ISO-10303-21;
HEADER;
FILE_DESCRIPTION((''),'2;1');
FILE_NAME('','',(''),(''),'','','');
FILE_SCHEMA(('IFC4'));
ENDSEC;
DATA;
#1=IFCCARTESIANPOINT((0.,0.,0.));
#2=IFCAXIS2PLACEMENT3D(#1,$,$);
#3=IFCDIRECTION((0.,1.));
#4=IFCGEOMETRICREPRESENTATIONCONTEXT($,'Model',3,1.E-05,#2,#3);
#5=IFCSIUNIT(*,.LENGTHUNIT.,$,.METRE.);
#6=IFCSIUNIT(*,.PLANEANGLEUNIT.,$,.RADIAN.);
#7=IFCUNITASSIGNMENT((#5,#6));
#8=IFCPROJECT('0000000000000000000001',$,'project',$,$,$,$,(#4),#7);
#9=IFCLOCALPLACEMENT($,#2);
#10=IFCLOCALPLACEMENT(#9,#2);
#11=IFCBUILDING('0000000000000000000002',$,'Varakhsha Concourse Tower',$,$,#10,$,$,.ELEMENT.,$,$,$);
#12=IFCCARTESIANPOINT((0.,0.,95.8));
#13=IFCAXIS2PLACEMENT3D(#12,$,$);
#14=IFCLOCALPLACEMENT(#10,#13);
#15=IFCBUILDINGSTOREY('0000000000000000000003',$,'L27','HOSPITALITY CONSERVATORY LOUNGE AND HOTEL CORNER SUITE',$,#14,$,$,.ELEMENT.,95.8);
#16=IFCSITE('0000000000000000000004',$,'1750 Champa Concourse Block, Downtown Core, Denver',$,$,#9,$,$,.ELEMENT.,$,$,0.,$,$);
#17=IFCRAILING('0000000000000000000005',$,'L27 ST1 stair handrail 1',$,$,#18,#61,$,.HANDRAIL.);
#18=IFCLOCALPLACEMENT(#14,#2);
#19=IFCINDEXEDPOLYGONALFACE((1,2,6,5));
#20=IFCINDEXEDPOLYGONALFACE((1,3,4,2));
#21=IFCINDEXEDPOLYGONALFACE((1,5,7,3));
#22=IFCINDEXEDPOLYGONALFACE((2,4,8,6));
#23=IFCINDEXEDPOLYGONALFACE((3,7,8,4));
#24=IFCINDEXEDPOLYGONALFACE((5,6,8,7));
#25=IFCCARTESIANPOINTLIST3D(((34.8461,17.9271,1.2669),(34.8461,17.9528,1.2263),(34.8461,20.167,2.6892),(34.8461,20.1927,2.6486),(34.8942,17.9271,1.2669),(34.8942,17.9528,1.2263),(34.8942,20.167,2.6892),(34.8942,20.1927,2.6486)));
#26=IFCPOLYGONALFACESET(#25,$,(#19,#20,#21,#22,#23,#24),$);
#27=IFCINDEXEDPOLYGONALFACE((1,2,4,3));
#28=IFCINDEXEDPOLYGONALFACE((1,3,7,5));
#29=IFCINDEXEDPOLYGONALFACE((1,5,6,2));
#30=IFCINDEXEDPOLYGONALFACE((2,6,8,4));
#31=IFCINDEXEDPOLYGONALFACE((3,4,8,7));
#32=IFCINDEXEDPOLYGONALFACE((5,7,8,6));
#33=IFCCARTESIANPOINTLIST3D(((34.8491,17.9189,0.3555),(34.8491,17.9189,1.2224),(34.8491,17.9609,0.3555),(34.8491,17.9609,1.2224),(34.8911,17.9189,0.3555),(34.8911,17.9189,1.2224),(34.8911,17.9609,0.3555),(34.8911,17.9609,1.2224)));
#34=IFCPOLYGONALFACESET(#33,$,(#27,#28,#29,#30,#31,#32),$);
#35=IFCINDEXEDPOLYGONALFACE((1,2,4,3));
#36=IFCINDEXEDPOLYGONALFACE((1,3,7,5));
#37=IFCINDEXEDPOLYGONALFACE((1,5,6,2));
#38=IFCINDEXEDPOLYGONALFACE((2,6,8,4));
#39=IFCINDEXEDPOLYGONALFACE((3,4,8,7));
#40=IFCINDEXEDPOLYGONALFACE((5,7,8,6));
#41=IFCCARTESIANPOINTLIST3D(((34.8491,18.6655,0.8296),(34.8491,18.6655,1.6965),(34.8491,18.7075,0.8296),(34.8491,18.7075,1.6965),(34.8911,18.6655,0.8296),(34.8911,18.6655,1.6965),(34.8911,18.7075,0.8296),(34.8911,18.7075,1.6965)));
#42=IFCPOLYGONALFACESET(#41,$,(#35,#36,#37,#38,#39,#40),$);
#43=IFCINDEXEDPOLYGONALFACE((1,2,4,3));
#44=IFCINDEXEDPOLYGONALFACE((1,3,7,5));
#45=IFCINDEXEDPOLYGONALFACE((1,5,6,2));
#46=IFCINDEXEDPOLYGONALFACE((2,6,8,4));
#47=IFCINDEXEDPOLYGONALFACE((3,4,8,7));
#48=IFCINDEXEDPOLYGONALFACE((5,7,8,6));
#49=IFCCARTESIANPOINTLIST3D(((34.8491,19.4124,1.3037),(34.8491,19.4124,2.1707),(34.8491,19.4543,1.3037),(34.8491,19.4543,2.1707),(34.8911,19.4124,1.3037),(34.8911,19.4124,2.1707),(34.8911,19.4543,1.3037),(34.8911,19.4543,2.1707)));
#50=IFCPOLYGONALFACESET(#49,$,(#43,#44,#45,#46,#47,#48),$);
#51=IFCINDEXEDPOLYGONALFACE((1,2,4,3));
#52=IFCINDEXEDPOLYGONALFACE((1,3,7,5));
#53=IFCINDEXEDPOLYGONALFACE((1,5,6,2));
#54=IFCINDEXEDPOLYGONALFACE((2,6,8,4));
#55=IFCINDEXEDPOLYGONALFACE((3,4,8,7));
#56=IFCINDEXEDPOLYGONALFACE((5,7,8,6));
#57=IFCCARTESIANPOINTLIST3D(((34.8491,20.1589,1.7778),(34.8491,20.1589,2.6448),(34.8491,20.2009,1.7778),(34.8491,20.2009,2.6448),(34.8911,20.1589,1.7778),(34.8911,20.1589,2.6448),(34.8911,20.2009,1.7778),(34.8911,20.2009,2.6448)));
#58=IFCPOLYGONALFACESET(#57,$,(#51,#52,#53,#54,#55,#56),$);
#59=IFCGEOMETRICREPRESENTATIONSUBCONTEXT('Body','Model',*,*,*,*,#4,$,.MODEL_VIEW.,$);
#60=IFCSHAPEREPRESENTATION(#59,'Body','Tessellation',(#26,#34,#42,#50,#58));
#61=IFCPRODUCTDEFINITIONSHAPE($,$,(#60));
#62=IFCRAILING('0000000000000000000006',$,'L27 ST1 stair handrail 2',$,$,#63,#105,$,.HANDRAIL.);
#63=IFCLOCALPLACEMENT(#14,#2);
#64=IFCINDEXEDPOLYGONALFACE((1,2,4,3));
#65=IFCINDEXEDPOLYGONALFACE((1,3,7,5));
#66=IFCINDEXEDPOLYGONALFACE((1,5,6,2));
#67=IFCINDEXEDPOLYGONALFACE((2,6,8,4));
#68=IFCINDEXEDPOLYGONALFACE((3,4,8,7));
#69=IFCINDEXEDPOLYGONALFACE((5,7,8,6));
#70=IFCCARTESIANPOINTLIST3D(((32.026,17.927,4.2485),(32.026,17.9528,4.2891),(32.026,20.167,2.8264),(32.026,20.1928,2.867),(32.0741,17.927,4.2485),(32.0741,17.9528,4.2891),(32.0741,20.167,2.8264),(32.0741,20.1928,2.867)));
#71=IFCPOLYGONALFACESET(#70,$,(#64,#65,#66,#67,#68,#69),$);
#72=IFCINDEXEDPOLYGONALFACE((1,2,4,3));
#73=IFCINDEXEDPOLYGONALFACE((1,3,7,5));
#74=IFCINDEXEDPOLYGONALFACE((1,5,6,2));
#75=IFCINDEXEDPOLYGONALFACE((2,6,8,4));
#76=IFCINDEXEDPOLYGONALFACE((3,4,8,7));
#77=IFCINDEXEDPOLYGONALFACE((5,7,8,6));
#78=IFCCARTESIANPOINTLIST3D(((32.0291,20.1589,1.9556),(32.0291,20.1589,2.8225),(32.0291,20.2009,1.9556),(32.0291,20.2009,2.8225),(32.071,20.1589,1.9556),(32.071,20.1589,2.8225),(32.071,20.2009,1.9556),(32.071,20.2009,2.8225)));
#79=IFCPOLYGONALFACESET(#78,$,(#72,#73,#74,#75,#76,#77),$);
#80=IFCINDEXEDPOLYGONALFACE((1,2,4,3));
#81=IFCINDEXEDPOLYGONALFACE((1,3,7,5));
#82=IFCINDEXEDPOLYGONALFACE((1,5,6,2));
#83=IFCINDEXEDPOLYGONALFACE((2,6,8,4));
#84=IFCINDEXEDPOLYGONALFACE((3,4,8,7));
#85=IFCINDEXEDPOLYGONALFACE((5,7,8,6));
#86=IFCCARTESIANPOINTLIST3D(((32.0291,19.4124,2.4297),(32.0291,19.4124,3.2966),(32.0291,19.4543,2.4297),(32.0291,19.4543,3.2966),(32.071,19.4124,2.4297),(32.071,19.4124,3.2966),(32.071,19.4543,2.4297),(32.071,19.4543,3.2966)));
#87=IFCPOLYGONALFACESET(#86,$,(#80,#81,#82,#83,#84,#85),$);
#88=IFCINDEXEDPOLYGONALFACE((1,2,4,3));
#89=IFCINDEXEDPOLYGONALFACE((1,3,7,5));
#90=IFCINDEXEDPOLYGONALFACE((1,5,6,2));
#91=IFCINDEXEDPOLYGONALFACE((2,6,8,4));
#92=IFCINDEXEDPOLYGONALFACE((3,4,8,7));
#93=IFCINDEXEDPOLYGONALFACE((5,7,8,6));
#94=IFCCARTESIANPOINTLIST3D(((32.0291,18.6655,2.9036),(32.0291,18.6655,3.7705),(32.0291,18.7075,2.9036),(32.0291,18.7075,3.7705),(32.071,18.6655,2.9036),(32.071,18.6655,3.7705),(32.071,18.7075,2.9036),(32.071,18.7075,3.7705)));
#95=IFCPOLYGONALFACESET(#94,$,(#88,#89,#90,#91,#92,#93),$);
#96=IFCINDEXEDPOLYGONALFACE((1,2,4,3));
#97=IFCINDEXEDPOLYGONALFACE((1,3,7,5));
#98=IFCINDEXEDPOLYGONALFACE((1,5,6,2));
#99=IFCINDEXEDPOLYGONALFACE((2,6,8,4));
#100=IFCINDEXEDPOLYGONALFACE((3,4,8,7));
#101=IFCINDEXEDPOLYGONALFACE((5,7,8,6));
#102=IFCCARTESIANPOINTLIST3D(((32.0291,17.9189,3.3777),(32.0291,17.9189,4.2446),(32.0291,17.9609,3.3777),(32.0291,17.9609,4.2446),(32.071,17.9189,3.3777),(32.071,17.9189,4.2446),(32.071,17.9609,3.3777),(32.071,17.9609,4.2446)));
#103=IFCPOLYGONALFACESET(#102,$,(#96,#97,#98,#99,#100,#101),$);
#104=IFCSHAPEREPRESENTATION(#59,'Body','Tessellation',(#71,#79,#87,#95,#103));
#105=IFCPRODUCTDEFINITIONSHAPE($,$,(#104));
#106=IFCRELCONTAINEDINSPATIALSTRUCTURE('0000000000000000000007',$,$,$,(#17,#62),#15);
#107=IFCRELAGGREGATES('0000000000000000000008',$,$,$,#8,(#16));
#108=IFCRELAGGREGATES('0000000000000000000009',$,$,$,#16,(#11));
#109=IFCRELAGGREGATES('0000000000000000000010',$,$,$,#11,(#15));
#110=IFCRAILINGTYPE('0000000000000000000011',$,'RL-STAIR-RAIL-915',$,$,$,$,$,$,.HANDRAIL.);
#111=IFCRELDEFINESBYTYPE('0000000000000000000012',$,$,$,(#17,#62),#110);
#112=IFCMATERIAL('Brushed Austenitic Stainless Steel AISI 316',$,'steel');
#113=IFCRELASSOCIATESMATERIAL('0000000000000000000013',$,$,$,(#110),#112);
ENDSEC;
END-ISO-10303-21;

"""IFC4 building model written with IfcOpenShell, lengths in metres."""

from ifc_helpers import new_model, si_unit, direction, frame, origin, origin_2d, place, context, subcontext, project, spatial, rectangle, extrude, material, type_object, element, save


model = new_model("IFC4")

# Units and contexts
model_context = context("Model", 3, precision=1e-05, world=origin(), true_north=direction((0.0, 1.0)))
body_context = subcontext(model_context, "Body", "Model", "MODEL_VIEW")
ifc_project = project(units=[si_unit("LENGTHUNIT", "METRE"), si_unit("PLANEANGLEUNIT", "RADIAN")], contexts=[model_context])

# Site, building, storey
site_placement = place(None, origin())
site = spatial("IfcSite", under=ifc_project, at=site_placement, Name="1750 Champa Concourse Block, Downtown Core, Denver", CompositionType="ELEMENT", RefElevation=0.0)
building_placement = place(site_placement, origin())
building = spatial("IfcBuilding", under=site, at=building_placement, Name="Varakhsha Concourse Tower", CompositionType="ELEMENT")
storey_placement = place(building_placement, frame((0.0, 0.0, 95.8)))
storey = spatial("IfcBuildingStorey", under=building, at=storey_placement, Name="L27", Description="HOSPITALITY CONSERVATORY LOUNGE AND HOTEL CORNER SUITE", CompositionType="ELEMENT", Elevation=95.8)

# Railings
ifc_material_1 = material(Name="Brushed Austenitic Stainless Steel AISI 316", Category="steel")
railing_type_1 = type_object("IfcRailingType", Name="RL-STAIR-RAIL-915", PredefinedType="HANDRAIL", material=ifc_material_1)
railing_1_placement = place(storey_placement, frame((34.8701, 17.9399, 0.3555)))
element("IfcRailing", 1, at=railing_1_placement, inside=storey, type_object=railing_type_1, Name="L27 ST1 stair handrail 1", PredefinedType="HANDRAIL", context=body_context, shape_type="SweptSolid", body=[
    extrude(rectangle(XDim=0.0481, YDim=0.0481, at=origin_2d()), frame((0.0, 0.0, 0.8911), z_axis=(0.0, 0.844188, 0.536048), x_axis=(-1.0, 0.0, 0.0)), (0.0, 0.0, 1.0), 2.6533),
    extrude(rectangle(XDim=0.042, YDim=0.042, at=origin_2d()), origin(), (0.0, 0.0, 1.0), 0.8669),
    extrude(rectangle(XDim=0.042, YDim=0.042, at=origin_2d()), frame((0.0, 0.7466, 0.4741)), (0.0, 0.0, 1.0), 0.8669),
    extrude(rectangle(XDim=0.042, YDim=0.042, at=origin_2d()), frame((0.0, 1.4934, 0.9482)), (0.0, 0.0, 1.0), 0.8669),
    extrude(rectangle(XDim=0.042, YDim=0.042, at=origin_2d()), frame((0.0, 2.24, 1.4224)), (0.0, 0.0, 1.0), 0.8669),
])
railing_2_placement = place(storey_placement, frame((32.05, 20.1799, 1.9556)))
element("IfcRailing", 2, at=railing_2_placement, inside=storey, type_object=railing_type_1, Name="L27 ST1 stair handrail 2", PredefinedType="HANDRAIL", context=body_context, shape_type="SweptSolid", body=[
    extrude(rectangle(XDim=0.0481, YDim=0.0481, at=origin_2d()), frame((0.0, 0.0, 0.8911), z_axis=(0.0, -0.844229, 0.535982), x_axis=(1.0, 0.0, 0.0)), (0.0, 0.0, 1.0), 2.6533),
    extrude(rectangle(XDim=0.042, YDim=0.042, at=origin_2d()), origin(), (0.0, 0.0, 1.0), 0.8669),
    extrude(rectangle(XDim=0.042, YDim=0.042, at=origin_2d()), frame((0.0, -0.7466, 0.4741)), (0.0, 0.0, 1.0), 0.8669),
    extrude(rectangle(XDim=0.042, YDim=0.042, at=origin_2d()), frame((0.0, -1.4934, 0.948)), (0.0, 0.0, 1.0), 0.8669),
    extrude(rectangle(XDim=0.042, YDim=0.042, at=origin_2d()), frame((0.0, -2.24, 1.4221)), (0.0, 0.0, 1.0), 0.8669),
])

save(model, "model.ifc")
